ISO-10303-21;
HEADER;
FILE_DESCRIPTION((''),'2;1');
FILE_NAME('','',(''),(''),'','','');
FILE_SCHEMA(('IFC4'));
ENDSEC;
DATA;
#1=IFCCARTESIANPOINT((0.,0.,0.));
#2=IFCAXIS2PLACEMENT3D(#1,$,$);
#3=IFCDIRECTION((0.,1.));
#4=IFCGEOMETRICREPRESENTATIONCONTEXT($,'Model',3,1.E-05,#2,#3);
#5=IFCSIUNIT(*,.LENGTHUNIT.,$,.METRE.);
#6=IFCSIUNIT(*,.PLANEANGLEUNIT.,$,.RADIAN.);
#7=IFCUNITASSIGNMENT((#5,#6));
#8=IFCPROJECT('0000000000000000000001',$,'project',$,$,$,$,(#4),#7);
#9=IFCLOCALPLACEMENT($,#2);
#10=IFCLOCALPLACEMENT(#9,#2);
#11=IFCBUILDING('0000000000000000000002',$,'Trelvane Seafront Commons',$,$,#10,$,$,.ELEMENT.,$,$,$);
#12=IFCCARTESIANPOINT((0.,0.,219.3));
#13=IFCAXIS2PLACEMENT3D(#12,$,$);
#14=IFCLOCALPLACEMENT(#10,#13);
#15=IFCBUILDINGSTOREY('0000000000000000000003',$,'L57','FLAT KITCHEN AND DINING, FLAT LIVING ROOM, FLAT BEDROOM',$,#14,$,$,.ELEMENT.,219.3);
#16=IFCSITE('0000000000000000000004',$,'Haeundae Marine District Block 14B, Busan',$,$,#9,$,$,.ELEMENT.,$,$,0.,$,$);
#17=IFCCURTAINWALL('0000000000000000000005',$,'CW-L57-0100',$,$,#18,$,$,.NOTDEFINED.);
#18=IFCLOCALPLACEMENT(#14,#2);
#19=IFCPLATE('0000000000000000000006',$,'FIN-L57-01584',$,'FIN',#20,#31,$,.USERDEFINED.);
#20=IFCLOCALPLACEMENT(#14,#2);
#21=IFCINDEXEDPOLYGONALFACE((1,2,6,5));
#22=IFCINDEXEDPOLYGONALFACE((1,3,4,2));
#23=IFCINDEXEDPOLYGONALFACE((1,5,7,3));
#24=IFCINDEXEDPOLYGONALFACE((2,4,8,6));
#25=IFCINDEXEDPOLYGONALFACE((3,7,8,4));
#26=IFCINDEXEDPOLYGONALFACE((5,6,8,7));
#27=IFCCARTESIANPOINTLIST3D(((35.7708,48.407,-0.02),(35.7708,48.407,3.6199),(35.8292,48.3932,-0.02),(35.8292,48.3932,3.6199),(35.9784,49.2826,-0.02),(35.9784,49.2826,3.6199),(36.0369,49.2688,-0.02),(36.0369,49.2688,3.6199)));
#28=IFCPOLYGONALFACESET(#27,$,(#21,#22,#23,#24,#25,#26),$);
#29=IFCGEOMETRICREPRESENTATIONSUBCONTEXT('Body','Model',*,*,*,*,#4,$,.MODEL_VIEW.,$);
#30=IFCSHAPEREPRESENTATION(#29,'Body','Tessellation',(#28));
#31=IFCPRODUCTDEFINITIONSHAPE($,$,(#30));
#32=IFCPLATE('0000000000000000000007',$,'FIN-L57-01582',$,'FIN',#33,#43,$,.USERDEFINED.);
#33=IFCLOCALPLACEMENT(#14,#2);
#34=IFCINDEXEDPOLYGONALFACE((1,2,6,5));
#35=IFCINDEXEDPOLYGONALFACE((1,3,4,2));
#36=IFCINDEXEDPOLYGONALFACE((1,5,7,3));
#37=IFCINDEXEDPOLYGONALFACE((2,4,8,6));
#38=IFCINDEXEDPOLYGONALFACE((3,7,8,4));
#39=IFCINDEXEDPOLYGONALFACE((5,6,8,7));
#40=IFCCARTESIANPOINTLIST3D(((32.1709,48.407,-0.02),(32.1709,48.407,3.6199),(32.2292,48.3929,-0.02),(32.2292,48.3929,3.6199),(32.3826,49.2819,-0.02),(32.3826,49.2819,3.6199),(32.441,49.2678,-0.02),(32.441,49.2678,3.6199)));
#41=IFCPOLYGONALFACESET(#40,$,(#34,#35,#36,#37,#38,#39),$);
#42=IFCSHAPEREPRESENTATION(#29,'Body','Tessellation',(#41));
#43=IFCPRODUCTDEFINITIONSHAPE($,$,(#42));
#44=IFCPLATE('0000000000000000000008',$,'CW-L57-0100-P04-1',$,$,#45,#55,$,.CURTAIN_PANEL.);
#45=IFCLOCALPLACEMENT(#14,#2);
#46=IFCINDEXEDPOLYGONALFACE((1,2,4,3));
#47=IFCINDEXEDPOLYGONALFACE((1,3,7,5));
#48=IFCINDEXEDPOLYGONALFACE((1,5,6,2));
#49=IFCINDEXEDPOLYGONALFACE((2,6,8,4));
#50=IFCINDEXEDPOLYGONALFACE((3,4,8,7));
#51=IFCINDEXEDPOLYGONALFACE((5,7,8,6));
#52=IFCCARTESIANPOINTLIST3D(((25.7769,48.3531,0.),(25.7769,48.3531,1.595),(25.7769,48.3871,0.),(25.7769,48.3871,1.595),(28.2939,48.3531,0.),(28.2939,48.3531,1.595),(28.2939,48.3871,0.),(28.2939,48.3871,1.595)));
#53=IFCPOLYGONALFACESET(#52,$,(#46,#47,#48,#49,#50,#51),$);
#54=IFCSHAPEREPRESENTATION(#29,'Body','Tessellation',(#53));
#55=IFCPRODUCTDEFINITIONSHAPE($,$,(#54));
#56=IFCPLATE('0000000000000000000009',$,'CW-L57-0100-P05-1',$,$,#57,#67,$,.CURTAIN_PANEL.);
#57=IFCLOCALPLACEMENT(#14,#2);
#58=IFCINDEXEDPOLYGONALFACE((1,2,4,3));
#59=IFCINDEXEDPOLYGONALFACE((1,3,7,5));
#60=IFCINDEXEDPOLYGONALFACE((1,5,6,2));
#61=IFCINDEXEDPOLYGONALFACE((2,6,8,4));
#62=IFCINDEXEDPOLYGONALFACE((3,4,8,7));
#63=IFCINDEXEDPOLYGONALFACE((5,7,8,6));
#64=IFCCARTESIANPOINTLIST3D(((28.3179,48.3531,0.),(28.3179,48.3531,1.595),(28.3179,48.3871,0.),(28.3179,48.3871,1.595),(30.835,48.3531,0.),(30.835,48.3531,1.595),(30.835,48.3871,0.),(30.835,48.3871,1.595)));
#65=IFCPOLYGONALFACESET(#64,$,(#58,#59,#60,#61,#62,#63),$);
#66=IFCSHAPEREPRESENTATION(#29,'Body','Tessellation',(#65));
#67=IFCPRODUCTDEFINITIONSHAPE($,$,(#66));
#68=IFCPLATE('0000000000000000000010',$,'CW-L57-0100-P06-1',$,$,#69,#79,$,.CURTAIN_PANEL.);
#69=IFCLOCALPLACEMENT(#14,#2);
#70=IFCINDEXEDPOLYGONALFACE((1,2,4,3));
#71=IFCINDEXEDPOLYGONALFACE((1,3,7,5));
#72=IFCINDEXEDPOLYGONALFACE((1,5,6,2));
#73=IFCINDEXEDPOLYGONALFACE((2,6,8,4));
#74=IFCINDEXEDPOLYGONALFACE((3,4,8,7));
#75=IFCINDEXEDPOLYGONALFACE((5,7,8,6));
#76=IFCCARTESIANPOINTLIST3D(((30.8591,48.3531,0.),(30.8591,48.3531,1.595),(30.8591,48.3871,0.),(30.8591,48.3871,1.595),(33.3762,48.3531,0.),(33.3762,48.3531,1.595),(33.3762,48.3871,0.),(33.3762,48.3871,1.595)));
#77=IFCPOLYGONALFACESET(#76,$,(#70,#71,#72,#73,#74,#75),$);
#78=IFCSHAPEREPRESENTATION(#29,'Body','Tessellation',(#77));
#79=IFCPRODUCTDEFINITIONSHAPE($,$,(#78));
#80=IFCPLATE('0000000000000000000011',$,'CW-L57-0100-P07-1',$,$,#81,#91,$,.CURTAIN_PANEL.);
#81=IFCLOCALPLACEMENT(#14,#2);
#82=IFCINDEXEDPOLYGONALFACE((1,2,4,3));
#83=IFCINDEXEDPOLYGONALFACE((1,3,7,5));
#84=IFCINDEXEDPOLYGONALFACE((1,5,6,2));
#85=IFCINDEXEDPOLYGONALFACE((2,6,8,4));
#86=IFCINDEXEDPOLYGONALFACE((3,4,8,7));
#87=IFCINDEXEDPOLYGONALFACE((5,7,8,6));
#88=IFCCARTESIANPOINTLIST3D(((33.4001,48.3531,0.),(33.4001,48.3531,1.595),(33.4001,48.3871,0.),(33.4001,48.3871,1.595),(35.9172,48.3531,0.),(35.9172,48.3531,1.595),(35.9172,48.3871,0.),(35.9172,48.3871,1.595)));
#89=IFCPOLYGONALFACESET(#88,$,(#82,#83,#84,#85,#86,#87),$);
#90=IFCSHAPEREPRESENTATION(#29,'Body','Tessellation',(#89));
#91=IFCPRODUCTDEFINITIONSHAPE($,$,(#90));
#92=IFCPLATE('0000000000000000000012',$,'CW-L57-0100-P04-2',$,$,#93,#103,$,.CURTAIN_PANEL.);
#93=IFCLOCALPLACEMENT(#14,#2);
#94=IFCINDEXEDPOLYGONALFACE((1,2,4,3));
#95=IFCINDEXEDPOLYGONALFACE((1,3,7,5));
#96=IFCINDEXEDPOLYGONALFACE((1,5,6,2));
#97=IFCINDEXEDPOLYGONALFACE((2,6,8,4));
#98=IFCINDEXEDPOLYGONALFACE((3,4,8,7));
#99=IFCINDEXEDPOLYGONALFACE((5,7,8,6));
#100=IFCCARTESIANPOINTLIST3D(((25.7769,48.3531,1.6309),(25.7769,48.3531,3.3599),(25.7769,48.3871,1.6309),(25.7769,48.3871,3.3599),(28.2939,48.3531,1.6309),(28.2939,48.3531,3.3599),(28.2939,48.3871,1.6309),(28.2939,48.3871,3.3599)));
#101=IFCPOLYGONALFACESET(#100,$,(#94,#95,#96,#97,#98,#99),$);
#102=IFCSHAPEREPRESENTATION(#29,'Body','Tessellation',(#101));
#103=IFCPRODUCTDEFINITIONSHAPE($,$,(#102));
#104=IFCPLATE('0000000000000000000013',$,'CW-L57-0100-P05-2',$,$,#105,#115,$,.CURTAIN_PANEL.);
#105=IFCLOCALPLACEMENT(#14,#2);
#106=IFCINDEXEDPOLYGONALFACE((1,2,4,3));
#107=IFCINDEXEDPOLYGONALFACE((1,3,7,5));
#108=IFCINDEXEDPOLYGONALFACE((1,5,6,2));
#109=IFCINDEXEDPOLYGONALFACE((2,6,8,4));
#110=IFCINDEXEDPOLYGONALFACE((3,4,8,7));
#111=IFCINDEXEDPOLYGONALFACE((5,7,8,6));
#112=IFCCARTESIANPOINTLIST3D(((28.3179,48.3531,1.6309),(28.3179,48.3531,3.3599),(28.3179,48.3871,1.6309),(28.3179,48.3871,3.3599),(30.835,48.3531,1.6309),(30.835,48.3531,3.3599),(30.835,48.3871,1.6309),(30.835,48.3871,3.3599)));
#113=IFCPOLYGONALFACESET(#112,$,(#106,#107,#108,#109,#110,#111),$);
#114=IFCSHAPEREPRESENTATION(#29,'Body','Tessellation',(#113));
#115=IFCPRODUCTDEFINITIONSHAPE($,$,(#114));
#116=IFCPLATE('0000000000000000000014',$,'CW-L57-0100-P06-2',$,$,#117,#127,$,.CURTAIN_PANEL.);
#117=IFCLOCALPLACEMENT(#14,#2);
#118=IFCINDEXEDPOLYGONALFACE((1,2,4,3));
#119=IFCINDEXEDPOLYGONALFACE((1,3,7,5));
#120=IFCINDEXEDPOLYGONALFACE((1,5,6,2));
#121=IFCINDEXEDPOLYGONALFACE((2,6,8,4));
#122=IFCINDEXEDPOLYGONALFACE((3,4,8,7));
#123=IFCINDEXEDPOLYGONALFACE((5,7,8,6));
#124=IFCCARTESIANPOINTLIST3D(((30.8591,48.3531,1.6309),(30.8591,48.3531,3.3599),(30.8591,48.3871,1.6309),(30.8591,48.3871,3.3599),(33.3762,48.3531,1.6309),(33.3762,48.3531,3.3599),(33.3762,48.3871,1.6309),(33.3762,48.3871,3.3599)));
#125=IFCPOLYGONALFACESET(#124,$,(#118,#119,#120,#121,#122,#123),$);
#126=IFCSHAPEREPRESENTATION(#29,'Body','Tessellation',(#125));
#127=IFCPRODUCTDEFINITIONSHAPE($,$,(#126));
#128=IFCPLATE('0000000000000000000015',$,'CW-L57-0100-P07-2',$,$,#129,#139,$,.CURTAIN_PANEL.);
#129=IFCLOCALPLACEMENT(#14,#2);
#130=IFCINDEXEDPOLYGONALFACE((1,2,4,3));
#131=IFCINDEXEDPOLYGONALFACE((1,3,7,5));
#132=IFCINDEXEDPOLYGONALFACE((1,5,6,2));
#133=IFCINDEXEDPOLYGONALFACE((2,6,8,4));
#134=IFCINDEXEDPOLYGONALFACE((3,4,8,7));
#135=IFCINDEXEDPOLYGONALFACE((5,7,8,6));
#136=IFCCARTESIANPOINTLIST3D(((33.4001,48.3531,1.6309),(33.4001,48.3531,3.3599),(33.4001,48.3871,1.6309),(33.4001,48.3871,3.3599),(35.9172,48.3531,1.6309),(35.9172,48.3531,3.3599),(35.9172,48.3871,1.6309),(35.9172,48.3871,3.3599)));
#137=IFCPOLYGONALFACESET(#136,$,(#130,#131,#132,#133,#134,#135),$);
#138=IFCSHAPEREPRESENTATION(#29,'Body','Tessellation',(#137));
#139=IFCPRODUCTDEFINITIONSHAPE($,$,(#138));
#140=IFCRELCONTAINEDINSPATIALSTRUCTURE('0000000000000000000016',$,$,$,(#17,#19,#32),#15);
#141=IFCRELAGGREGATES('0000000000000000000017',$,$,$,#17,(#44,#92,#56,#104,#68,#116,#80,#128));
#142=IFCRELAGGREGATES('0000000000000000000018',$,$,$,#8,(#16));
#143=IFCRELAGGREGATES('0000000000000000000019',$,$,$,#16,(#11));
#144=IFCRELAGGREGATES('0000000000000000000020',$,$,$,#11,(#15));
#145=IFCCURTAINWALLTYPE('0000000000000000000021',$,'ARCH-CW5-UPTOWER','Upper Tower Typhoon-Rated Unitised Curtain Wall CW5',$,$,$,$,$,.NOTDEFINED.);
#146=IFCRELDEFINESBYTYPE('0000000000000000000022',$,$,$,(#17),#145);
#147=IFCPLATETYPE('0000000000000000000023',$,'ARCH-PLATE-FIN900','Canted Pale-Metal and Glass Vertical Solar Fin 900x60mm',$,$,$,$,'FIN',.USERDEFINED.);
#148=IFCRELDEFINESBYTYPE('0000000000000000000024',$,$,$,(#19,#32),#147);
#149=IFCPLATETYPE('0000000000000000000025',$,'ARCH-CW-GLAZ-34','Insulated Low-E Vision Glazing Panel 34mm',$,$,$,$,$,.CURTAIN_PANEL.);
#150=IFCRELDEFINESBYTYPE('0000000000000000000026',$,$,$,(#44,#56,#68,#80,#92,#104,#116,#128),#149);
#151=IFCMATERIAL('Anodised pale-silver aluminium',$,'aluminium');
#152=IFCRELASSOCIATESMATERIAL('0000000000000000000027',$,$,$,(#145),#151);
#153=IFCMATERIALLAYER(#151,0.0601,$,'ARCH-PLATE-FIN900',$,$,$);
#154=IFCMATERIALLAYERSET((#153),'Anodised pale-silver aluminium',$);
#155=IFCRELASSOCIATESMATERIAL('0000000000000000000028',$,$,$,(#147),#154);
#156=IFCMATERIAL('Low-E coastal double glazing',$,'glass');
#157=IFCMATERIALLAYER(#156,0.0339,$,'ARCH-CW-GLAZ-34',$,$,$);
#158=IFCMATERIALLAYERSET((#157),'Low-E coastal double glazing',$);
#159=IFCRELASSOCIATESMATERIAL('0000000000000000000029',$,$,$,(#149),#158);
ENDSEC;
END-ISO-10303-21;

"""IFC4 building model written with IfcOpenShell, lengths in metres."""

from ifc_helpers import new_model, si_unit, direction, frame, origin, origin_2d, place, context, subcontext, project, spatial, rectangle, extrude, source, transform, mapped, material, layer, layer_set, type_object, element, aggregate, save


model = new_model("IFC4")

# Units and contexts
model_context = context("Model", 3, precision=1e-05, world=origin(), true_north=direction((0.0, 1.0)))
body_context = subcontext(model_context, "Body", "Model", "MODEL_VIEW")
ifc_project = project(units=[si_unit("LENGTHUNIT", "METRE"), si_unit("PLANEANGLEUNIT", "RADIAN")], contexts=[model_context])

# Site, building, storey
site_placement = place(None, origin())
site = spatial("IfcSite", under=ifc_project, at=site_placement, Name="Haeundae Marine District Block 14B, Busan", CompositionType="ELEMENT", RefElevation=0.0)
building_placement = place(site_placement, origin())
building = spatial("IfcBuilding", under=site, at=building_placement, Name="Trelvane Seafront Commons", CompositionType="ELEMENT")
storey_placement = place(building_placement, frame((0.0, 0.0, 219.3)))
storey = spatial("IfcBuildingStorey", under=building, at=storey_placement, Name="L57", Description="FLAT KITCHEN AND DINING, FLAT LIVING ROOM, FLAT BEDROOM", CompositionType="ELEMENT", Elevation=219.3)

# Curtain wall
ifc_material_1 = material(Name="Anodised pale-silver aluminium", Category="aluminium")
curtain_wall_type = type_object("IfcCurtainWallType", Name="ARCH-CW5-UPTOWER", Description="Upper Tower Typhoon-Rated Unitised Curtain Wall CW5", PredefinedType="NOTDEFINED", material=ifc_material_1)
curtain_wall_placement = place(storey_placement, origin())
curtain_wall = element("IfcCurtainWall", 1, at=curtain_wall_placement, inside=storey, type_object=curtain_wall_type, Name="CW-L57-0100", PredefinedType="NOTDEFINED")

# Plates
ifc_layer_1 = layer(ifc_material_1, 0.0601, Name="ARCH-PLATE-FIN900")
ifc_layer_set_1 = layer_set([ifc_layer_1], Name="Anodised pale-silver aluminium")
plate_type_1 = type_object("IfcPlateType", Name="ARCH-PLATE-FIN900", Description="Canted Pale-Metal and Glass Vertical Solar Fin 900x60mm", ElementType="FIN", PredefinedType="USERDEFINED", material=ifc_layer_set_1)
shared_shape_1 = source(origin(), body_context, "Body", "SweptSolid", [
    extrude(rectangle(XDim=0.8999, YDim=0.0601, at=origin_2d()), origin(), (0.0, 0.0, 1.0), 3.6399),
])
for number, where, z_axis, x_axis, name in (
    (2, (35.9038, 48.8379, -0.02), (0.0, 0.0, 1.0), (0.23078, 0.973006, 0.0), "FIN-L57-01584"),
):
    element("IfcPlate", number, at=place(storey_placement, frame(where, z_axis=z_axis, x_axis=x_axis)), inside=storey, type_object=plate_type_1, Name=name, ObjectType="FIN", PredefinedType="USERDEFINED", context=body_context, shape_type="MappedRepresentation", body=[
        mapped(shared_shape_1, transform((0.0, 0.0, 0.0), x_axis=(1.0, 0.0, 0.0), y_axis=(0.0, 1.0, 0.0), z_axis=(0.0, 0.0, 1.0), scale=1.0)),
    ])
shared_shape_2 = source(origin(), body_context, "Body", "SweptSolid", [
    extrude(rectangle(XDim=0.9001, YDim=0.0601, at=origin_2d()), origin(), (0.0, 0.0, 1.0), 3.6399),
])
plate_1_placement = place(storey_placement, frame((32.3059, 48.8374, -0.02), z_axis=(0.0, 0.0, 1.0), x_axis=(0.235208, 0.971945, 0.0)))
element("IfcPlate", 3, at=plate_1_placement, inside=storey, type_object=plate_type_1, Name="FIN-L57-01582", ObjectType="FIN", PredefinedType="USERDEFINED", context=body_context, shape_type="MappedRepresentation", body=[
    mapped(shared_shape_2, transform((0.0, 0.0, 0.0), x_axis=(1.0, 0.0, 0.0), y_axis=(0.0, 1.0, 0.0), z_axis=(0.0, 0.0, 1.0), scale=1.0)),
])

# Plates
ifc_material_2 = material(Name="Low-E coastal double glazing", Category="glass")
ifc_layer_2 = layer(ifc_material_2, 0.0339, Name="ARCH-CW-GLAZ-34")
ifc_layer_set_2 = layer_set([ifc_layer_2], Name="Low-E coastal double glazing")
plate_type_2 = type_object("IfcPlateType", Name="ARCH-CW-GLAZ-34", Description="Insulated Low-E Vision Glazing Panel 34mm", PredefinedType="CURTAIN_PANEL", material=ifc_layer_set_2)
shared_shape_3 = source(origin(), body_context, "Body", "SweptSolid", [
    extrude(rectangle(XDim=2.5171, YDim=0.0339, at=origin_2d()), origin(), (0.0, 0.0, 1.0), 1.595),
])
plate_2_placement = place(storey_placement, frame((27.0354, 48.3701, 0.0), z_axis=(0.0, 0.0, 1.0), x_axis=(1.0, 0.0, 0.0)))
plate_2 = element("IfcPlate", 4, at=plate_2_placement, type_object=plate_type_2, Name="CW-L57-0100-P04-1", PredefinedType="CURTAIN_PANEL", context=body_context, shape_type="MappedRepresentation", body=[
    mapped(shared_shape_3, transform((0.0, 0.0, 0.0), x_axis=(1.0, 0.0, 0.0), y_axis=(0.0, 1.0, 0.0), z_axis=(0.0, 0.0, 1.0), scale=1.0)),
])
plate_3_placement = place(storey_placement, frame((29.5764, 48.3701, 0.0), z_axis=(0.0, 0.0, 1.0), x_axis=(1.0, 0.0, 0.0)))
plate_3 = element("IfcPlate", 5, at=plate_3_placement, type_object=plate_type_2, Name="CW-L57-0100-P05-1", PredefinedType="CURTAIN_PANEL", context=body_context, shape_type="MappedRepresentation", body=[
    mapped(shared_shape_3, transform((0.0, 0.0, 0.0), x_axis=(1.0, 0.0, 0.0), y_axis=(0.0, 1.0, 0.0), z_axis=(0.0, 0.0, 1.0), scale=1.0)),
])
plate_4_placement = place(storey_placement, frame((32.1177, 48.3701, 0.0), z_axis=(0.0, 0.0, 1.0), x_axis=(1.0, 0.0, 0.0)))
plate_4 = element("IfcPlate", 6, at=plate_4_placement, type_object=plate_type_2, Name="CW-L57-0100-P06-1", PredefinedType="CURTAIN_PANEL", context=body_context, shape_type="MappedRepresentation", body=[
    mapped(shared_shape_3, transform((0.0, 0.0, 0.0), x_axis=(1.0, 0.0, 0.0), y_axis=(0.0, 1.0, 0.0), z_axis=(0.0, 0.0, 1.0), scale=1.0)),
])
plate_5_placement = place(storey_placement, frame((34.6587, 48.3701, 0.0), z_axis=(0.0, 0.0, 1.0), x_axis=(1.0, 0.0, 0.0)))
plate_5 = element("IfcPlate", 7, at=plate_5_placement, type_object=plate_type_2, Name="CW-L57-0100-P07-1", PredefinedType="CURTAIN_PANEL", context=body_context, shape_type="MappedRepresentation", body=[
    mapped(shared_shape_3, transform((0.0, 0.0, 0.0), x_axis=(1.0, 0.0, 0.0), y_axis=(0.0, 1.0, 0.0), z_axis=(0.0, 0.0, 1.0), scale=1.0)),
])
shared_shape_4 = source(origin(), body_context, "Body", "SweptSolid", [
    extrude(rectangle(XDim=2.5171, YDim=0.0339, at=origin_2d()), origin(), (0.0, 0.0, 1.0), 1.729),
])
plate_6_placement = place(storey_placement, frame((27.0354, 48.3701, 1.6309), z_axis=(0.0, 0.0, 1.0), x_axis=(1.0, 0.0, 0.0)))
plate_6 = element("IfcPlate", 8, at=plate_6_placement, type_object=plate_type_2, Name="CW-L57-0100-P04-2", PredefinedType="CURTAIN_PANEL", context=body_context, shape_type="MappedRepresentation", body=[
    mapped(shared_shape_4, transform((0.0, 0.0, 0.0), x_axis=(1.0, 0.0, 0.0), y_axis=(0.0, 1.0, 0.0), z_axis=(0.0, 0.0, 1.0), scale=1.0)),
])
plate_7_placement = place(storey_placement, frame((29.5764, 48.3701, 1.6309), z_axis=(0.0, 0.0, 1.0), x_axis=(1.0, 0.0, 0.0)))
plate_7 = element("IfcPlate", 9, at=plate_7_placement, type_object=plate_type_2, Name="CW-L57-0100-P05-2", PredefinedType="CURTAIN_PANEL", context=body_context, shape_type="MappedRepresentation", body=[
    mapped(shared_shape_4, transform((0.0, 0.0, 0.0), x_axis=(1.0, 0.0, 0.0), y_axis=(0.0, 1.0, 0.0), z_axis=(0.0, 0.0, 1.0), scale=1.0)),
])
plate_8_placement = place(storey_placement, frame((32.1177, 48.3701, 1.6309), z_axis=(0.0, 0.0, 1.0), x_axis=(1.0, 0.0, 0.0)))
plate_8 = element("IfcPlate", 10, at=plate_8_placement, type_object=plate_type_2, Name="CW-L57-0100-P06-2", PredefinedType="CURTAIN_PANEL", context=body_context, shape_type="MappedRepresentation", body=[
    mapped(shared_shape_4, transform((0.0, 0.0, 0.0), x_axis=(1.0, 0.0, 0.0), y_axis=(0.0, 1.0, 0.0), z_axis=(0.0, 0.0, 1.0), scale=1.0)),
])
plate_9_placement = place(storey_placement, frame((34.6587, 48.3701, 1.6309), z_axis=(0.0, 0.0, 1.0), x_axis=(1.0, 0.0, 0.0)))
plate_9 = element("IfcPlate", 11, at=plate_9_placement, type_object=plate_type_2, Name="CW-L57-0100-P07-2", PredefinedType="CURTAIN_PANEL", context=body_context, shape_type="MappedRepresentation", body=[
    mapped(shared_shape_4, transform((0.0, 0.0, 0.0), x_axis=(1.0, 0.0, 0.0), y_axis=(0.0, 1.0, 0.0), z_axis=(0.0, 0.0, 1.0), scale=1.0)),
])
aggregate(curtain_wall, [plate_2, plate_6, plate_3, plate_7, plate_4, plate_8, plate_5, plate_9])

save(model, "model.ifc")
